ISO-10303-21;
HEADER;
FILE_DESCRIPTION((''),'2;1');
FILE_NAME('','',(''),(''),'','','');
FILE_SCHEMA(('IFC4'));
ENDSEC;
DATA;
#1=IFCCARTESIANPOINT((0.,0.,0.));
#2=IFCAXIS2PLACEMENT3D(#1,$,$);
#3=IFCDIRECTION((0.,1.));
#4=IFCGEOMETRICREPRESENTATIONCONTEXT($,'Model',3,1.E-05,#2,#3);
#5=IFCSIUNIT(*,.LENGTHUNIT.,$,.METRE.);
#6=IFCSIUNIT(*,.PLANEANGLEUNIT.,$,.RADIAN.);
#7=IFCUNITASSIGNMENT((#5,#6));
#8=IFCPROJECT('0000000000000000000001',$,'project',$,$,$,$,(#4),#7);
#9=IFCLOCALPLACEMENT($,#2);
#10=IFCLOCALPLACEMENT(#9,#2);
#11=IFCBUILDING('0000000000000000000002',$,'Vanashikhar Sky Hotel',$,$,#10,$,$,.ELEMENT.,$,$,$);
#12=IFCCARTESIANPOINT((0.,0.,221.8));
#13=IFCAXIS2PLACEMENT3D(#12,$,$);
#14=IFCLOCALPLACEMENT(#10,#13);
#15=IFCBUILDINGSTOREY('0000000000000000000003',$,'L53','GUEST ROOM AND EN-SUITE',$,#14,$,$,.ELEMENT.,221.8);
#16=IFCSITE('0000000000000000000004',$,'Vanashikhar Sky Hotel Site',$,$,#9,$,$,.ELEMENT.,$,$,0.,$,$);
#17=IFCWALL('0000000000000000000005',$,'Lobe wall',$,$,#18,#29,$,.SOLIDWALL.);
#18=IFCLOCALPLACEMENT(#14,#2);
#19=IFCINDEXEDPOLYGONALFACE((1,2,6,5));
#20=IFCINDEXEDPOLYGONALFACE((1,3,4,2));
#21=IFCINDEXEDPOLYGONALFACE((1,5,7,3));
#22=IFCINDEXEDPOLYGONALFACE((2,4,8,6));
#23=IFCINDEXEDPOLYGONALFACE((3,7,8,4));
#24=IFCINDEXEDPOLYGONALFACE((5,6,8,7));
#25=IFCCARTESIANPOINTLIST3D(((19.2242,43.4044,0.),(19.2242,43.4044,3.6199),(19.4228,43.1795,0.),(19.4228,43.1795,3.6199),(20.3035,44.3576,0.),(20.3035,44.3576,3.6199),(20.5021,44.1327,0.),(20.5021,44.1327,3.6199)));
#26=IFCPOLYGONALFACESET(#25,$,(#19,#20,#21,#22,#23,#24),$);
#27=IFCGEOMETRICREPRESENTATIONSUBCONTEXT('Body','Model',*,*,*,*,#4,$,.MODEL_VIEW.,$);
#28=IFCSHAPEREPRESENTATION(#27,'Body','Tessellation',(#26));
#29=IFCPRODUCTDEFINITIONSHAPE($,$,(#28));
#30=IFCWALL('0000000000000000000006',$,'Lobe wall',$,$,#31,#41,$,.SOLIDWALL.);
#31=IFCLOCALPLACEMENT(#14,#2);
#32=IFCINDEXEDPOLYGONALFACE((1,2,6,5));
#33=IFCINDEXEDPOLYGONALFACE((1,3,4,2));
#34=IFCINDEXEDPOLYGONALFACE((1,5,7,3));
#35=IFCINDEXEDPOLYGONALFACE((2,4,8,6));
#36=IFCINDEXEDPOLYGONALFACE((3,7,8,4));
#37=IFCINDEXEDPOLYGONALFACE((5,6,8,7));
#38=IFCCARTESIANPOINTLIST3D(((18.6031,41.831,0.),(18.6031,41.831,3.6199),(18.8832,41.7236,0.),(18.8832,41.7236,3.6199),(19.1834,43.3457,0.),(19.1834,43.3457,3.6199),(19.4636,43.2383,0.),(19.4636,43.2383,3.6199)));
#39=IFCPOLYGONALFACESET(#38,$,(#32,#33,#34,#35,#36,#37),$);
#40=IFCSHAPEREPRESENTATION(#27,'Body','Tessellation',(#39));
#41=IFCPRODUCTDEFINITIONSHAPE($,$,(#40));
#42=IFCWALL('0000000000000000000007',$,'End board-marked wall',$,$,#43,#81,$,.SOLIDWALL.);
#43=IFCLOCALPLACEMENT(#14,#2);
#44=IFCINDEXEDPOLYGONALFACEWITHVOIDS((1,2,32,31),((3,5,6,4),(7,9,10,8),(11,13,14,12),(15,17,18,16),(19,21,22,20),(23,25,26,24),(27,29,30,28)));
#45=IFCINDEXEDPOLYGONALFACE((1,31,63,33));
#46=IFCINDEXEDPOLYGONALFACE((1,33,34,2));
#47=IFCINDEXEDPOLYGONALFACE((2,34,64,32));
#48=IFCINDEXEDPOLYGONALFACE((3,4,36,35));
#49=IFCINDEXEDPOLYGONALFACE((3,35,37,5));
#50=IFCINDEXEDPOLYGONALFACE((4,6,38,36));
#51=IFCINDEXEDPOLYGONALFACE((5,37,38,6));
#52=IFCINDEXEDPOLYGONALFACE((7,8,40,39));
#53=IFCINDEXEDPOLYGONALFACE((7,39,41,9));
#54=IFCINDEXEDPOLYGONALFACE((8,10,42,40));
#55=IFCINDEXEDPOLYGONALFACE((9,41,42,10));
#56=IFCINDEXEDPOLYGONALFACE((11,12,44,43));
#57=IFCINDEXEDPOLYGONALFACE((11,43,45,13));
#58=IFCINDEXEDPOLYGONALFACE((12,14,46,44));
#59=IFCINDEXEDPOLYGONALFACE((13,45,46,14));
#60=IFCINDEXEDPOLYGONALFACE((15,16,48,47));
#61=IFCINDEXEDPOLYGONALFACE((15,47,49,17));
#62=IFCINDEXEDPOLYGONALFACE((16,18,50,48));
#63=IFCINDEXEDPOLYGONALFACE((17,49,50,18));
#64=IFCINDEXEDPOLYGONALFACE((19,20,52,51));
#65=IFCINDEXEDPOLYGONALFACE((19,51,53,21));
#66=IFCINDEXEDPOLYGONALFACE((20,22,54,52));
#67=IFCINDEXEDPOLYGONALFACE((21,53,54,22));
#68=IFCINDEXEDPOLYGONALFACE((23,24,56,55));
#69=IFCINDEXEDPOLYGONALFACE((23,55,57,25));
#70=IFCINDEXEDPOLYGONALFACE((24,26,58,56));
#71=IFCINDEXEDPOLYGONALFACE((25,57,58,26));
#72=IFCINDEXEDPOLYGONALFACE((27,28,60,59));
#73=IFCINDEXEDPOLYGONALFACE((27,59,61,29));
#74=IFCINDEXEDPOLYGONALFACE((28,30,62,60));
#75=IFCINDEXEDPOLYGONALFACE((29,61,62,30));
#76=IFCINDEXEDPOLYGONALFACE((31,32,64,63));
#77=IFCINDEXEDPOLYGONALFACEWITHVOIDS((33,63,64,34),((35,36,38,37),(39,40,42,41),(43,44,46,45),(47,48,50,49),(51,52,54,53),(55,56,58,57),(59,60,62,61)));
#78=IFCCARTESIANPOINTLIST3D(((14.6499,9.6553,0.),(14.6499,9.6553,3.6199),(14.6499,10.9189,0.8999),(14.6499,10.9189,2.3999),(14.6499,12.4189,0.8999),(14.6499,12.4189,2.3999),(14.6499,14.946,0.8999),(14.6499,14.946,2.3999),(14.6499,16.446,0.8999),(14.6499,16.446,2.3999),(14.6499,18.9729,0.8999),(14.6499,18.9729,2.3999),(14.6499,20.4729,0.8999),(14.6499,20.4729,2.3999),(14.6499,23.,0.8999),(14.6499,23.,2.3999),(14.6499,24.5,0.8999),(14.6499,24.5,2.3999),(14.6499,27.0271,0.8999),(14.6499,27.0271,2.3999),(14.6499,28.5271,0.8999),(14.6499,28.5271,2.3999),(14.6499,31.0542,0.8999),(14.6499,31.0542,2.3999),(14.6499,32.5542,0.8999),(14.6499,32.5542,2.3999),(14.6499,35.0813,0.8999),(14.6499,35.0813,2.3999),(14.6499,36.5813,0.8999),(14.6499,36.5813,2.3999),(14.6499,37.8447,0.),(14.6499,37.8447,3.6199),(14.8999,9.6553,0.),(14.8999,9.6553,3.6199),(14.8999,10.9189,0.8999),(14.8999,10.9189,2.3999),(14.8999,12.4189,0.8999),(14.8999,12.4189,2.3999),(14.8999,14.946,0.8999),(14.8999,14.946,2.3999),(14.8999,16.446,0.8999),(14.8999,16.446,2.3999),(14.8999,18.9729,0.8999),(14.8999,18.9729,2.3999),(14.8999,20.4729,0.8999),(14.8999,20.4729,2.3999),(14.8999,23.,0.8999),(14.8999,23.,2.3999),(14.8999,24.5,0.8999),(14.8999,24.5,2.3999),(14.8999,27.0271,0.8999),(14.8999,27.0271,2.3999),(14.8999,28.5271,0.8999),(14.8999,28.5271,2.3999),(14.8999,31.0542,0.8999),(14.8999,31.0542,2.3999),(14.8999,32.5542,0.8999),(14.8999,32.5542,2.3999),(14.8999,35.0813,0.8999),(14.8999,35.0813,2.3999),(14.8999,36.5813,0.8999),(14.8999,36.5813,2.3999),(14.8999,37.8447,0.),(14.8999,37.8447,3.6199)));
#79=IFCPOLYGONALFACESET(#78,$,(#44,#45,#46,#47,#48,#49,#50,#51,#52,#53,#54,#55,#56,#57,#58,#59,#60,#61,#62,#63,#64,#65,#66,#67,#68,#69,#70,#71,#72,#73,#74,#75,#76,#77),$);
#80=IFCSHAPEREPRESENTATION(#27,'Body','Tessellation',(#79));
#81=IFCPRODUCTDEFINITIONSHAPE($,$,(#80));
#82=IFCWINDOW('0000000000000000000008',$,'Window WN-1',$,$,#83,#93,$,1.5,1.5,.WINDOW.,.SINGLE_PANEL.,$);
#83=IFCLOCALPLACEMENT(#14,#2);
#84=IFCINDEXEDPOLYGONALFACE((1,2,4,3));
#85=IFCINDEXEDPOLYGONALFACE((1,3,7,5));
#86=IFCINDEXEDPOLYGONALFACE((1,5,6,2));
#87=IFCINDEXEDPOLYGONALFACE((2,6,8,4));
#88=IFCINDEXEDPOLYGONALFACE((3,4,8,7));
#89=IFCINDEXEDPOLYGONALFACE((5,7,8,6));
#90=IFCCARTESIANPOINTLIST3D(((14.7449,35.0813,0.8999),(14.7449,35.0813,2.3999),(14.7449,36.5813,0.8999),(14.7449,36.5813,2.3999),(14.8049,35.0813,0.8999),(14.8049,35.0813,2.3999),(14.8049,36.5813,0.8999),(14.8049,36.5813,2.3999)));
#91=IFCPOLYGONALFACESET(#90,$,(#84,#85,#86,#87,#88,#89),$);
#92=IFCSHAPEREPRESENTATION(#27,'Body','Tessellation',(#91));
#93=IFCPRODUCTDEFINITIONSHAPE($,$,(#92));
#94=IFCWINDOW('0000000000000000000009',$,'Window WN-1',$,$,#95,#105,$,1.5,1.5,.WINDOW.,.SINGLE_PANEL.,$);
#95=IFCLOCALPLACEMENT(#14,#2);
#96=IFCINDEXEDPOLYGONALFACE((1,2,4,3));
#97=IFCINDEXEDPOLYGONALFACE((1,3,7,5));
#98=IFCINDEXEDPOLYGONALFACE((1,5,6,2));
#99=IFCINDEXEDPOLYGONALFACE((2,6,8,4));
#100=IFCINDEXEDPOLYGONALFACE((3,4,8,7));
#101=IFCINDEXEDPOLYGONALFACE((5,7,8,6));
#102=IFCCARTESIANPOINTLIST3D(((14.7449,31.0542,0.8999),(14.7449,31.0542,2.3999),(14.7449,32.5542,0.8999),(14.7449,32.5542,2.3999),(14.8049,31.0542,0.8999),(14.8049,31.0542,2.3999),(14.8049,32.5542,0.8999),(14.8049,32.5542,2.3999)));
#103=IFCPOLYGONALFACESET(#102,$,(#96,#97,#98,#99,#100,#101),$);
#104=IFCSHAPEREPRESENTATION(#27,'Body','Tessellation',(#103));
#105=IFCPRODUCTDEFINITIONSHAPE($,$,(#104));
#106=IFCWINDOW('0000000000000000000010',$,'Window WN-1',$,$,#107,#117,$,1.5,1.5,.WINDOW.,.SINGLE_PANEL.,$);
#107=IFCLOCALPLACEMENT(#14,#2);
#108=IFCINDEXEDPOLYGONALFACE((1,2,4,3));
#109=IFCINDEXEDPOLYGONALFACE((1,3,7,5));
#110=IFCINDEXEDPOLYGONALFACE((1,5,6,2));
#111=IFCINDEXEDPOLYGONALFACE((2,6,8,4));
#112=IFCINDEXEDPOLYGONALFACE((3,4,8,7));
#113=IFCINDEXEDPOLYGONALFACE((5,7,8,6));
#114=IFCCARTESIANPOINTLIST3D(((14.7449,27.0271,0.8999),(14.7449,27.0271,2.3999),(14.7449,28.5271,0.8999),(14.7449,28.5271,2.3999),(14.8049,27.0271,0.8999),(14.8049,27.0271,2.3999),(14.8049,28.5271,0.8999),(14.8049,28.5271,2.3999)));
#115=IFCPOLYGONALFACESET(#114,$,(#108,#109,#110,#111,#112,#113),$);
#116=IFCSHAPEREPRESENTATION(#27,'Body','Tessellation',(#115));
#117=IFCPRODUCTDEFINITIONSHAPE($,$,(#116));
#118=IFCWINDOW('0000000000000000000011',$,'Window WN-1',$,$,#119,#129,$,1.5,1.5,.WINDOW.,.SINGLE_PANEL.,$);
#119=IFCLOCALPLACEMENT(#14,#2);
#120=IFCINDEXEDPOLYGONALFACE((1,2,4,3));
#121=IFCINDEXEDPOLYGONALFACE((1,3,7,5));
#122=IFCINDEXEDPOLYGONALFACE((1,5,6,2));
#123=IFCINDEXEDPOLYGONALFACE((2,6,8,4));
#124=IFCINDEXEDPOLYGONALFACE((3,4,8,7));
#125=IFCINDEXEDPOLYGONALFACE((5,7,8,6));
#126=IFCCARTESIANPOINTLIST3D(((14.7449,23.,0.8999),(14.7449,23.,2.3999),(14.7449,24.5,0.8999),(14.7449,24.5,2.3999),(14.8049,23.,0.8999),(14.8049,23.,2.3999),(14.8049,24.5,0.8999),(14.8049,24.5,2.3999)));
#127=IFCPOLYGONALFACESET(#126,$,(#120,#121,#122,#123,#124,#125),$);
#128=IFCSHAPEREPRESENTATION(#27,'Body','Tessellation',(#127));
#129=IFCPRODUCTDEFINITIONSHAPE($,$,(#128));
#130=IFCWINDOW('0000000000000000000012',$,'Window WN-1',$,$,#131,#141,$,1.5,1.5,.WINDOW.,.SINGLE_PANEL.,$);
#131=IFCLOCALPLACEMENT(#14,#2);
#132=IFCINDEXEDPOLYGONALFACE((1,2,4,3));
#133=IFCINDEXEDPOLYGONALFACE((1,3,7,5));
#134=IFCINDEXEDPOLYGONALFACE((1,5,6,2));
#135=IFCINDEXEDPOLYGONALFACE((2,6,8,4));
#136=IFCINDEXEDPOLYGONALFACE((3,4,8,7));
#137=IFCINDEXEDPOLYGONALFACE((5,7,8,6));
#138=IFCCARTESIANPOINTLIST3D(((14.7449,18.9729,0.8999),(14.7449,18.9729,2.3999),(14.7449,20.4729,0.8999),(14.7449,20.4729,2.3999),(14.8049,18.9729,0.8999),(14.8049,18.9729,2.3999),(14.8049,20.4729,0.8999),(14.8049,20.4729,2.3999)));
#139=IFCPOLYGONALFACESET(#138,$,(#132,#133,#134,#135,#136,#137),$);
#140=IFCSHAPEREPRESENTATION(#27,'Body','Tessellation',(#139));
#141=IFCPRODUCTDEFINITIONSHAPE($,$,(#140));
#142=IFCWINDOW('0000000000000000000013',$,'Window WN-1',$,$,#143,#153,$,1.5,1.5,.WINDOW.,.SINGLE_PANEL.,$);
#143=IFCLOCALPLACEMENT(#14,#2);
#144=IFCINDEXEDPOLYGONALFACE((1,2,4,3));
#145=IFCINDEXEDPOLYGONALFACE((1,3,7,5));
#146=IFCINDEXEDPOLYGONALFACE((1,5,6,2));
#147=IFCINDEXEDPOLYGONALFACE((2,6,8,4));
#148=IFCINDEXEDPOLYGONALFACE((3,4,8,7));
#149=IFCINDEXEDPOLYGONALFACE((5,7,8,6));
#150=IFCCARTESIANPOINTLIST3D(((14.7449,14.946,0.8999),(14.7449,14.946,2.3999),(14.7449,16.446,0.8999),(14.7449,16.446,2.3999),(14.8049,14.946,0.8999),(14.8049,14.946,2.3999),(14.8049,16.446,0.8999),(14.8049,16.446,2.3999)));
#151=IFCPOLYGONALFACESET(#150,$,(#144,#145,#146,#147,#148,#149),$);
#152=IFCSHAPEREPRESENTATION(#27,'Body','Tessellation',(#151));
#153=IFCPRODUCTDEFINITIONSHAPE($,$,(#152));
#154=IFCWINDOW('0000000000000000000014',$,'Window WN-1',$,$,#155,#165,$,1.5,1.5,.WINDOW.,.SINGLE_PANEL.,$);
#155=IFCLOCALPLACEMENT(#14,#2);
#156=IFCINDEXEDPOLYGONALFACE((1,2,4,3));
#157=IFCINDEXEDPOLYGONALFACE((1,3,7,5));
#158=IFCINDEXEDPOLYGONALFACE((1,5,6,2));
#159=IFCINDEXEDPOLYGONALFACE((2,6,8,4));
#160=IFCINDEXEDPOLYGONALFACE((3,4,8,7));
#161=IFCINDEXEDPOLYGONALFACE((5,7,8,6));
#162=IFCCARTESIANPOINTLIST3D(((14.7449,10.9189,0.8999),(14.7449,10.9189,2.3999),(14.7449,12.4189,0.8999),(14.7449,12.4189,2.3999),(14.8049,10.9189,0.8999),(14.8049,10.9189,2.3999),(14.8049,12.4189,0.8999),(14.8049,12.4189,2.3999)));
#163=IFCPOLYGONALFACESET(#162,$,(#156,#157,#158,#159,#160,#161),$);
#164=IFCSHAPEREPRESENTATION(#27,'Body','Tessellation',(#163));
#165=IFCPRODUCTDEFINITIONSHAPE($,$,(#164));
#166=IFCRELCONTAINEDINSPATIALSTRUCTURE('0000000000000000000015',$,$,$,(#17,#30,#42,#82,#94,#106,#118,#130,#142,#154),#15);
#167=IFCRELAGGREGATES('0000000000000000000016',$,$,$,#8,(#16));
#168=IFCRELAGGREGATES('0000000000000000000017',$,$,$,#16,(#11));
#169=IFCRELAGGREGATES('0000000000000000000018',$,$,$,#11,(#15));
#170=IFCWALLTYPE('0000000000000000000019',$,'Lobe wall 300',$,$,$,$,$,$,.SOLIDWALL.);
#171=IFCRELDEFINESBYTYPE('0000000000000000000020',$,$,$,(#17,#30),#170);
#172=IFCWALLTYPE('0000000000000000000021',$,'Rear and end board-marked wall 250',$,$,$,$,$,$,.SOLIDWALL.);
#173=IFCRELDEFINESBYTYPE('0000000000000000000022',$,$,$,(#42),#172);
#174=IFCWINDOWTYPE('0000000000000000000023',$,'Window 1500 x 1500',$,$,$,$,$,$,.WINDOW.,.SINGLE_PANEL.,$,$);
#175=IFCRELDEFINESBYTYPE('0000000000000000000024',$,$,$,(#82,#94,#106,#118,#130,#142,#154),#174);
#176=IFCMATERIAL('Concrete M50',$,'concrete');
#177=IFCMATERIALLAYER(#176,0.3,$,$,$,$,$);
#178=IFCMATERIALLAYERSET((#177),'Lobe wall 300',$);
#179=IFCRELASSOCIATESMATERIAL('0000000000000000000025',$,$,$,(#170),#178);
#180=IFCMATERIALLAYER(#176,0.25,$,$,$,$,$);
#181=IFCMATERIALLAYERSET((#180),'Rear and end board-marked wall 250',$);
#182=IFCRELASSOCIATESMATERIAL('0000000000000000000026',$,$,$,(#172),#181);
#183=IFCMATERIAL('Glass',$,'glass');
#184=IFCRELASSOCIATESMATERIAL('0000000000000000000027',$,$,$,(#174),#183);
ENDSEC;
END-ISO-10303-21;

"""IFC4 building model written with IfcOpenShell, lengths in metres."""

from ifc_helpers import new_model, si_unit, direction, frame, frame_2d, origin, place, context, subcontext, project, spatial, rectangle, extrude, source, transform, mapped, material, layer, layer_set, type_object, element, fill, save


model = new_model("IFC4")

# Units and contexts
model_context = context("Model", 3, precision=1e-05, world=origin(), true_north=direction((0.0, 1.0)))
body_context = subcontext(model_context, "Body", "Model", "MODEL_VIEW")
ifc_project = project(units=[si_unit("LENGTHUNIT", "METRE"), si_unit("PLANEANGLEUNIT", "RADIAN")], contexts=[model_context])

# Site, building, storey
site_placement = place(None, origin())
site = spatial("IfcSite", under=ifc_project, at=site_placement, Name="Vanashikhar Sky Hotel Site", CompositionType="ELEMENT", RefElevation=0.0)
building_placement = place(site_placement, origin())
building = spatial("IfcBuilding", under=site, at=building_placement, Name="Vanashikhar Sky Hotel", CompositionType="ELEMENT")
storey_placement = place(building_placement, frame((0.0, 0.0, 221.8)))
storey = spatial("IfcBuildingStorey", under=building, at=storey_placement, Name="L53", Description="GUEST ROOM AND EN-SUITE", CompositionType="ELEMENT", Elevation=221.8)

# Shared definitions
ifc_material_1 = material(Name="Concrete M50", Category="concrete")
ifc_layer_1 = layer(ifc_material_1, 0.3)
ifc_layer_set_1 = layer_set([ifc_layer_1], Name="Lobe wall 300")
wall_type_1 = type_object("IfcWallType", Name="Lobe wall 300", PredefinedType="SOLIDWALL", material=ifc_layer_set_1)
ifc_material_2 = material(Name="Glass", Category="glass")

# Walls
shared_shape_1 = source(origin(), body_context, "Body", "SweptSolid", [
    extrude(rectangle(XDim=1.4399, YDim=0.3, at=frame_2d((0.72, 0.0))), origin(), (0.0, 0.0, 1.0), 3.6199),
])
wall_1_placement = place(storey_placement, frame((20.4028, 44.2451, 0.0), z_axis=(0.0, 0.0, 1.0), x_axis=(-0.749576, -0.661919, 0.0)))
element("IfcWall", 1, at=wall_1_placement, inside=storey, type_object=wall_type_1, Name="Lobe wall", PredefinedType="SOLIDWALL", context=body_context, shape_type="MappedRepresentation", body=[
    mapped(shared_shape_1, transform((0.0, 0.0, 0.0), scale=1.0)),
])
shared_shape_2 = source(origin(), body_context, "Body", "SweptSolid", [
    extrude(rectangle(XDim=1.6221, YDim=0.3, at=frame_2d((0.811, 0.0))), origin(), (0.0, 0.0, 1.0), 3.6199),
])
wall_2_placement = place(storey_placement, frame((19.3235, 43.292, 0.0), z_axis=(0.0, 0.0, 1.0), x_axis=(-0.357779, -0.933806, 0.0)))
element("IfcWall", 2, at=wall_2_placement, inside=storey, type_object=wall_type_1, Name="Lobe wall", PredefinedType="SOLIDWALL", context=body_context, shape_type="MappedRepresentation", body=[
    mapped(shared_shape_2, transform((0.0, 0.0, 0.0), scale=1.0)),
])

# Wall, openings, windows
ifc_layer_2 = layer(ifc_material_1, 0.25)
ifc_layer_set_2 = layer_set([ifc_layer_2], Name="Rear and end board-marked wall 250")
wall_type_2 = type_object("IfcWallType", Name="Rear and end board-marked wall 250", PredefinedType="SOLIDWALL", material=ifc_layer_set_2)
shared_shape_3 = source(origin(), body_context, "Body", "SweptSolid", [
    extrude(rectangle(XDim=28.1895, YDim=0.25, at=frame_2d((14.0947, 0.0))), origin(), (0.0, 0.0, 1.0), 3.6199),
])
wall_3_placement = place(storey_placement, frame((14.7749, 37.8447, 0.0), z_axis=(0.0, 0.0, 1.0), x_axis=(0.0, -1.0, 0.0)))
wall_3 = element("IfcWall", 3, at=wall_3_placement, inside=storey, type_object=wall_type_2, Name="End board-marked wall", PredefinedType="SOLIDWALL", context=body_context, shape_type="MappedRepresentation", body=[
    mapped(shared_shape_3, transform((0.0, 0.0, 0.0), scale=1.0)),
])
shared_shape_4 = source(origin(), body_context, "Body", "SweptSolid", [
    extrude(rectangle(XDim=1.5, YDim=1.5, at=frame_2d((0.75, 0.75))), frame((0.0, 0.135, 0.0), z_axis=(0.0, -1.0, 0.0), x_axis=(1.0, 0.0, 0.0)), (0.0, 0.0, 1.0), 0.27),
])
opening_1_placement = place(wall_3_placement, frame((1.2634, 0.0, 0.8999)))
opening_1 = element("IfcOpeningElement", 4, at=opening_1_placement, cuts=wall_3, PredefinedType="OPENING", context=body_context, shape_type="MappedRepresentation", body=[
    mapped(shared_shape_4, transform((0.0, 0.0, 0.0), scale=1.0)),
])
opening_2_placement = place(wall_3_placement, frame((5.2905, 0.0, 0.8999)))
opening_2 = element("IfcOpeningElement", 5, at=opening_2_placement, cuts=wall_3, PredefinedType="OPENING", context=body_context, shape_type="MappedRepresentation", body=[
    mapped(shared_shape_4, transform((0.0, 0.0, 0.0), scale=1.0)),
])
opening_3_placement = place(wall_3_placement, frame((9.3176, 0.0, 0.8999)))
opening_3 = element("IfcOpeningElement", 6, at=opening_3_placement, cuts=wall_3, PredefinedType="OPENING", context=body_context, shape_type="MappedRepresentation", body=[
    mapped(shared_shape_4, transform((0.0, 0.0, 0.0), scale=1.0)),
])
opening_4_placement = place(wall_3_placement, frame((13.3447, 0.0, 0.8999)))
opening_4 = element("IfcOpeningElement", 7, at=opening_4_placement, cuts=wall_3, PredefinedType="OPENING", context=body_context, shape_type="MappedRepresentation", body=[
    mapped(shared_shape_4, transform((0.0, 0.0, 0.0), scale=1.0)),
])
opening_5_placement = place(wall_3_placement, frame((17.3718, 0.0, 0.8999)))
opening_5 = element("IfcOpeningElement", 8, at=opening_5_placement, cuts=wall_3, PredefinedType="OPENING", context=body_context, shape_type="MappedRepresentation", body=[
    mapped(shared_shape_4, transform((0.0, 0.0, 0.0), scale=1.0)),
])
opening_6_placement = place(wall_3_placement, frame((21.3987, 0.0, 0.8999)))
opening_6 = element("IfcOpeningElement", 9, at=opening_6_placement, cuts=wall_3, PredefinedType="OPENING", context=body_context, shape_type="MappedRepresentation", body=[
    mapped(shared_shape_4, transform((0.0, 0.0, 0.0), scale=1.0)),
])
opening_7_placement = place(wall_3_placement, frame((25.4258, 0.0, 0.8999)))
opening_7 = element("IfcOpeningElement", 10, at=opening_7_placement, cuts=wall_3, PredefinedType="OPENING", context=body_context, shape_type="MappedRepresentation", body=[
    mapped(shared_shape_4, transform((0.0, 0.0, 0.0), scale=1.0)),
])
window_type_1 = type_object("IfcWindowType", Name="Window 1500 x 1500", PartitioningType="SINGLE_PANEL", PredefinedType="WINDOW", material=ifc_material_2)
shared_shape_5 = source(origin(), body_context, "Body", "SweptSolid", [
    extrude(rectangle(XDim=1.5, YDim=1.5, at=frame_2d((0.75, 0.75))), frame((0.0, 0.03, 0.0), z_axis=(0.0, -1.0, 0.0), x_axis=(1.0, 0.0, 0.0)), (0.0, 0.0, 1.0), 0.0601),
])
window_1_placement = place(opening_1_placement, origin())
window_1 = element("IfcWindow", 11, at=window_1_placement, inside=storey, type_object=window_type_1, Name="Window WN-1", OverallHeight=1.5, OverallWidth=1.5, PartitioningType="SINGLE_PANEL", PredefinedType="WINDOW", context=body_context, shape_type="MappedRepresentation", body=[
    mapped(shared_shape_5, transform((0.0, 0.0, 0.0), scale=1.0)),
])
fill(opening_1, window_1)
window_2_placement = place(opening_2_placement, origin())
window_2 = element("IfcWindow", 12, at=window_2_placement, inside=storey, type_object=window_type_1, Name="Window WN-1", OverallHeight=1.5, OverallWidth=1.5, PartitioningType="SINGLE_PANEL", PredefinedType="WINDOW", context=body_context, shape_type="MappedRepresentation", body=[
    mapped(shared_shape_5, transform((0.0, 0.0, 0.0), scale=1.0)),
])
fill(opening_2, window_2)
window_3_placement = place(opening_3_placement, origin())
window_3 = element("IfcWindow", 13, at=window_3_placement, inside=storey, type_object=window_type_1, Name="Window WN-1", OverallHeight=1.5, OverallWidth=1.5, PartitioningType="SINGLE_PANEL", PredefinedType="WINDOW", context=body_context, shape_type="MappedRepresentation", body=[
    mapped(shared_shape_5, transform((0.0, 0.0, 0.0), scale=1.0)),
])
fill(opening_3, window_3)
window_4_placement = place(opening_4_placement, origin())
window_4 = element("IfcWindow", 14, at=window_4_placement, inside=storey, type_object=window_type_1, Name="Window WN-1", OverallHeight=1.5, OverallWidth=1.5, PartitioningType="SINGLE_PANEL", PredefinedType="WINDOW", context=body_context, shape_type="MappedRepresentation", body=[
    mapped(shared_shape_5, transform((0.0, 0.0, 0.0), scale=1.0)),
])
fill(opening_4, window_4)
window_5_placement = place(opening_5_placement, origin())
window_5 = element("IfcWindow", 15, at=window_5_placement, inside=storey, type_object=window_type_1, Name="Window WN-1", OverallHeight=1.5, OverallWidth=1.5, PartitioningType="SINGLE_PANEL", PredefinedType="WINDOW", context=body_context, shape_type="MappedRepresentation", body=[
    mapped(shared_shape_5, transform((0.0, 0.0, 0.0), scale=1.0)),
])
fill(opening_5, window_5)
window_6_placement = place(opening_6_placement, origin())
window_6 = element("IfcWindow", 16, at=window_6_placement, inside=storey, type_object=window_type_1, Name="Window WN-1", OverallHeight=1.5, OverallWidth=1.5, PartitioningType="SINGLE_PANEL", PredefinedType="WINDOW", context=body_context, shape_type="MappedRepresentation", body=[
    mapped(shared_shape_5, transform((0.0, 0.0, 0.0), scale=1.0)),
])
fill(opening_6, window_6)
window_7_placement = place(opening_7_placement, origin())
window_7 = element("IfcWindow", 17, at=window_7_placement, inside=storey, type_object=window_type_1, Name="Window WN-1", OverallHeight=1.5, OverallWidth=1.5, PartitioningType="SINGLE_PANEL", PredefinedType="WINDOW", context=body_context, shape_type="MappedRepresentation", body=[
    mapped(shared_shape_5, transform((0.0, 0.0, 0.0), scale=1.0)),
])
fill(opening_7, window_7)

save(model, "model.ifc")
